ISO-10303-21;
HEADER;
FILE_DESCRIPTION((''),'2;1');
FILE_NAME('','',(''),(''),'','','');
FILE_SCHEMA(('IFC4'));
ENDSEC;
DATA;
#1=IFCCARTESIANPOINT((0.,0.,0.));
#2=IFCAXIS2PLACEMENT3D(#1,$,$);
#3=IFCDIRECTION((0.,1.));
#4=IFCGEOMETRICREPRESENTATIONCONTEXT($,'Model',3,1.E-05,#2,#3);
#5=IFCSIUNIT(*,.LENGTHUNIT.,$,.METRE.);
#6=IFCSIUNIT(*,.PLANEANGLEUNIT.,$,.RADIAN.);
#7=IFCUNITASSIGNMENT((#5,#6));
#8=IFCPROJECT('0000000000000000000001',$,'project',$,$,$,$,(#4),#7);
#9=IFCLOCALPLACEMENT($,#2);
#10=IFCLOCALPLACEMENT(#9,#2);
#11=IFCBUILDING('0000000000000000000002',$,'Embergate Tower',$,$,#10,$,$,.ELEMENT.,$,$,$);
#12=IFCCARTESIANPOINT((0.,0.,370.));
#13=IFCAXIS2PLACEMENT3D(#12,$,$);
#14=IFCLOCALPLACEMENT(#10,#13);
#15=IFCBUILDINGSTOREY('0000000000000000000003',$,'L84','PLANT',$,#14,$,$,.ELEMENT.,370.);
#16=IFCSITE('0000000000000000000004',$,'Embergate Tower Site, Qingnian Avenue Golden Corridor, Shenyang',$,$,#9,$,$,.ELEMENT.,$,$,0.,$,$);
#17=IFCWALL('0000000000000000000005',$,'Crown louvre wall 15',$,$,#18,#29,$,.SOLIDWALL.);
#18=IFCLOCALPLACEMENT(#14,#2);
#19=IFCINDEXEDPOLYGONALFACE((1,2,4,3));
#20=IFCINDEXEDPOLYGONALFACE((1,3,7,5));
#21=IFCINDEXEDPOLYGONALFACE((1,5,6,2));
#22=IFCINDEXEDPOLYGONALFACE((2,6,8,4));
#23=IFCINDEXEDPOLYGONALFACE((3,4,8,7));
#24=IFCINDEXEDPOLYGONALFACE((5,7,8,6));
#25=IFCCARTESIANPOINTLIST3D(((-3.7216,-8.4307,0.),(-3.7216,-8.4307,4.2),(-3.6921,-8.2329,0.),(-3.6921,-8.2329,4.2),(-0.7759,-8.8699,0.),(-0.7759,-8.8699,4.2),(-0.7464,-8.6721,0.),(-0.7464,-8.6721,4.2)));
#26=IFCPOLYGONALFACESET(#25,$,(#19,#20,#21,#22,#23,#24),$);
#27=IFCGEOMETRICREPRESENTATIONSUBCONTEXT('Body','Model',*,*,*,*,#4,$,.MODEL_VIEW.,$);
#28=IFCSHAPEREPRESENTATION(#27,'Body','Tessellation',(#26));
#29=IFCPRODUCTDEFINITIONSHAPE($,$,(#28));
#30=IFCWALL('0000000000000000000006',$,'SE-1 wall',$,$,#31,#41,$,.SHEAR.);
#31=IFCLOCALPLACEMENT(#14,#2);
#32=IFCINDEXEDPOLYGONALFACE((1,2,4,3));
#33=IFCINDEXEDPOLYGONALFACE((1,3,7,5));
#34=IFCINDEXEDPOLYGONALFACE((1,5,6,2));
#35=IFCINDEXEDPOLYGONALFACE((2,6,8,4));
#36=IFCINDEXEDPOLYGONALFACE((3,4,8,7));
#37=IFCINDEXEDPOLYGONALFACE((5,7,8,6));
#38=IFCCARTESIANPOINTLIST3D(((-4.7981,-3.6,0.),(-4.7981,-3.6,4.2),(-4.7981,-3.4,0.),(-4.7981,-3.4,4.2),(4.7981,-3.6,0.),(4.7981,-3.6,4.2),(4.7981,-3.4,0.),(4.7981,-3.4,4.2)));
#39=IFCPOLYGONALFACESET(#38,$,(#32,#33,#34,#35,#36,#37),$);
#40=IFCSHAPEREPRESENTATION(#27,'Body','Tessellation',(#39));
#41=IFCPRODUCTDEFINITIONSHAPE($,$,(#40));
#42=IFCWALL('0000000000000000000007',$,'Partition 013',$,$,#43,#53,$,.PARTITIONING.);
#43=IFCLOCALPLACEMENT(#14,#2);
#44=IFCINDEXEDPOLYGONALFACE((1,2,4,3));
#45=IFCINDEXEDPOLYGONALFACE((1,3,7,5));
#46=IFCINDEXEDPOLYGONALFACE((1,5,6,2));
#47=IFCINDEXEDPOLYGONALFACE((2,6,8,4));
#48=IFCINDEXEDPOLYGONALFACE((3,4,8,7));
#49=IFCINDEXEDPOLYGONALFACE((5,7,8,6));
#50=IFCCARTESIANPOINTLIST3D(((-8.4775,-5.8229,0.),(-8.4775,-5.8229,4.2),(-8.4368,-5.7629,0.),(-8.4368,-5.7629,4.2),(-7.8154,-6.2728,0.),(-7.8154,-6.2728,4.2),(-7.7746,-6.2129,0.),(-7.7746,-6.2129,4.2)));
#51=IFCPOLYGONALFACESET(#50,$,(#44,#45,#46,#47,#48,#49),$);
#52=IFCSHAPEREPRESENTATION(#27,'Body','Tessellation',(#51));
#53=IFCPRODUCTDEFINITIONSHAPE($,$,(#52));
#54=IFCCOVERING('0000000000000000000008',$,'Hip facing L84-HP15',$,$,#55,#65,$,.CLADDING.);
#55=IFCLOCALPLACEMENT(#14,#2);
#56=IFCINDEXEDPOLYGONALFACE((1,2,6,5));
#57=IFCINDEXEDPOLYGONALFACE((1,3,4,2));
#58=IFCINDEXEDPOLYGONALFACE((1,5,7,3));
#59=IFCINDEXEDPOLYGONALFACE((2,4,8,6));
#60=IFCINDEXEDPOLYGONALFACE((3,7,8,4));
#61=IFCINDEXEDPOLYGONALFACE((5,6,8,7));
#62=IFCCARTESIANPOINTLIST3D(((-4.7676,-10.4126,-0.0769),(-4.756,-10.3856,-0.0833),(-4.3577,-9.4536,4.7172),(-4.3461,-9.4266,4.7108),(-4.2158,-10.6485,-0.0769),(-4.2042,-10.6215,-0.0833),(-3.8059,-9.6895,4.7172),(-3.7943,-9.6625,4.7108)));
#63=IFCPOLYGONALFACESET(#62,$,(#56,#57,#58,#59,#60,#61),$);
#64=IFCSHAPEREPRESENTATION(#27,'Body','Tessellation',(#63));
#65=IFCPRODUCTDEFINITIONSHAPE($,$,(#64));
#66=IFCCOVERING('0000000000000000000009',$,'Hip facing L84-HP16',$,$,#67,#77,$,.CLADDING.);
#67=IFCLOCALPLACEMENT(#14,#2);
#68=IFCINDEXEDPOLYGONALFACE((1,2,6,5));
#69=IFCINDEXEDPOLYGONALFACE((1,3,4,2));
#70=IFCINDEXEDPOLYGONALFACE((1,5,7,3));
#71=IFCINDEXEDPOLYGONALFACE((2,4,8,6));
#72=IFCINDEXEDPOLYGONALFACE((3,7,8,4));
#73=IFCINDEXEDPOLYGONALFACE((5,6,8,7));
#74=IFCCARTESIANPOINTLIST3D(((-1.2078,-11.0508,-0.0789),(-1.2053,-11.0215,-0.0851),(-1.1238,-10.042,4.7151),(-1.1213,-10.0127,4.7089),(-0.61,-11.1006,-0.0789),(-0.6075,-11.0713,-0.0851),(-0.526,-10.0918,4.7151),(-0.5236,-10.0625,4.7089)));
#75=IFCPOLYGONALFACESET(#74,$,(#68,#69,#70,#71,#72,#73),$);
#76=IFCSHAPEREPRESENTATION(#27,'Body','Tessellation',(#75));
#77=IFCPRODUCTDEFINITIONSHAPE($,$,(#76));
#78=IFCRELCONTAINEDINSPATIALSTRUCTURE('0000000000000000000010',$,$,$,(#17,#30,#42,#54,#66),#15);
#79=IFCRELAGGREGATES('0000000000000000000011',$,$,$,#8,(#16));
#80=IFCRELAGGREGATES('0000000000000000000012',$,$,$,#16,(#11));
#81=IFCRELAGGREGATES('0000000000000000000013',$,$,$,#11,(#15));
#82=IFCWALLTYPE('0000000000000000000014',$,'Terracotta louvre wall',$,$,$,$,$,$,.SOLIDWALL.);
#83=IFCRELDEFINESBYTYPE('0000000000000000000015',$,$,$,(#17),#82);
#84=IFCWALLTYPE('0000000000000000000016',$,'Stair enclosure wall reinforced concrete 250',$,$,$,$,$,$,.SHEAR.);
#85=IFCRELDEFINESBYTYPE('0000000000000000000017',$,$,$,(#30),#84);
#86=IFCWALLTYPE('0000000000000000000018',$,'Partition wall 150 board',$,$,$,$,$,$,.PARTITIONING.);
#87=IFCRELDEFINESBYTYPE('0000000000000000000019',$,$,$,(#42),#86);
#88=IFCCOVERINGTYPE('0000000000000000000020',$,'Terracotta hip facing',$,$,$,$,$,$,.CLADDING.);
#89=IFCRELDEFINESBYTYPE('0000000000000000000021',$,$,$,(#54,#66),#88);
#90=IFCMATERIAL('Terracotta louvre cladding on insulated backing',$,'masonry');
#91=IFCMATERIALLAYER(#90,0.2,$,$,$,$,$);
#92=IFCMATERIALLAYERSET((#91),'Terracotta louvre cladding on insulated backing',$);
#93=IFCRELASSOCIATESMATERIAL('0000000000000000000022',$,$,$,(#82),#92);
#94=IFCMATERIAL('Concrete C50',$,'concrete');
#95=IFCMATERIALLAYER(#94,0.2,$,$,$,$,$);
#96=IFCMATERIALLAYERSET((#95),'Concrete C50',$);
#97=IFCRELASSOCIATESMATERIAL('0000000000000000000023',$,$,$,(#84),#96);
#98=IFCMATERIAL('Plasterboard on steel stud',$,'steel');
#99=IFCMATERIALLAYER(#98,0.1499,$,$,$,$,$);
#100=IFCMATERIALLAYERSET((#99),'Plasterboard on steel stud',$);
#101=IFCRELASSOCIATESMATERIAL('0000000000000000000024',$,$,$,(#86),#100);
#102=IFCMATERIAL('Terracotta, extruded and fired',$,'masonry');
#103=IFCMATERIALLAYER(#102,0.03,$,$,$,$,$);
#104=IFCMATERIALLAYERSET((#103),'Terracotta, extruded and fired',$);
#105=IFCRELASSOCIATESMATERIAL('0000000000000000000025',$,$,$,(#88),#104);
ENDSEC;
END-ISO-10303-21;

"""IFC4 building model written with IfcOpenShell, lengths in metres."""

from ifc_helpers import new_model, si_unit, direction, frame, frame_2d, origin, place, context, subcontext, project, spatial, polyline, rectangle, outline, extrude, source, transform, mapped, material, layer, layer_set, type_object, element, save


model = new_model("IFC4")

# Units and contexts
model_context = context("Model", 3, precision=1e-05, world=origin(), true_north=direction((0.0, 1.0)))
body_context = subcontext(model_context, "Body", "Model", "MODEL_VIEW")
ifc_project = project(units=[si_unit("LENGTHUNIT", "METRE"), si_unit("PLANEANGLEUNIT", "RADIAN")], contexts=[model_context])

# Site, building, storey
site_placement = place(None, origin())
site = spatial("IfcSite", under=ifc_project, at=site_placement, Name="Embergate Tower Site, Qingnian Avenue Golden Corridor, Shenyang", CompositionType="ELEMENT", RefElevation=0.0)
building_placement = place(site_placement, origin())
building = spatial("IfcBuilding", under=site, at=building_placement, Name="Embergate Tower", CompositionType="ELEMENT")
storey_placement = place(building_placement, frame((0.0, 0.0, 370.0)))
storey = spatial("IfcBuildingStorey", under=building, at=storey_placement, Name="L84", Description="PLANT", CompositionType="ELEMENT", Elevation=370.0)

# Walls
ifc_material_1 = material(Name="Concrete C50", Category="concrete")
ifc_material_2 = material(Name="Terracotta louvre cladding on insulated backing", Category="masonry")
ifc_layer_1 = layer(ifc_material_2, 0.2)
ifc_layer_set_1 = layer_set([ifc_layer_1], Name="Terracotta louvre cladding on insulated backing")
wall_type_1 = type_object("IfcWallType", Name="Terracotta louvre wall", PredefinedType="SOLIDWALL", material=ifc_layer_set_1)
shared_shape_1 = source(origin(), body_context, "Body", "SweptSolid", [
    extrude(rectangle(XDim=2.9783, YDim=0.2, at=frame_2d((1.4893, 0.0))), origin(), (0.0, 0.0, 1.0), 4.2),
])
wall_1_placement = place(storey_placement, frame((-0.761, -8.771, 0.0), z_axis=(0.0, 0.0, 1.0), x_axis=(-0.989067, 0.147467, 0.0)))
element("IfcWall", 1, at=wall_1_placement, inside=storey, type_object=wall_type_1, Name="Crown louvre wall 15", PredefinedType="SOLIDWALL", context=body_context, shape_type="MappedRepresentation", body=[
    mapped(shared_shape_1, transform((0.0, 0.0, 0.0))),
])
ifc_layer_2 = layer(ifc_material_1, 0.2)
ifc_layer_set_2 = layer_set([ifc_layer_2], Name="Concrete C50")
wall_type_2 = type_object("IfcWallType", Name="Stair enclosure wall reinforced concrete 250", PredefinedType="SHEAR", material=ifc_layer_set_2)
shared_shape_2 = source(origin(), body_context, "Body", "SweptSolid", [
    extrude(rectangle(XDim=9.5962, YDim=0.2, at=frame_2d((4.7981, 0.0))), origin(), (0.0, 0.0, 1.0), 4.2),
])
wall_2_placement = place(storey_placement, frame((-4.7981, -3.5, 0.0), z_axis=(0.0, 0.0, 1.0), x_axis=(1.0, 0.0, 0.0)))
element("IfcWall", 2, at=wall_2_placement, inside=storey, type_object=wall_type_2, Name="SE-1 wall", PredefinedType="SHEAR", context=body_context, shape_type="MappedRepresentation", body=[
    mapped(shared_shape_2, transform((0.0, 0.0, 0.0))),
])
ifc_material_3 = material(Name="Plasterboard on steel stud", Category="steel")
ifc_layer_3 = layer(ifc_material_3, 0.1499)
ifc_layer_set_3 = layer_set([ifc_layer_3], Name="Plasterboard on steel stud")
wall_type_3 = type_object("IfcWallType", Name="Partition wall 150 board", PredefinedType="PARTITIONING", material=ifc_layer_set_3)
shared_shape_3 = source(origin(), body_context, "Body", "SweptSolid", [
    extrude(rectangle(XDim=0.8005, YDim=0.0725, at=frame_2d((0.4004, 0.0))), origin(), (0.0, 0.0, 1.0), 4.2),
])
wall_3_placement = place(storey_placement, frame((-7.7949, -6.2429, 0.0), z_axis=(0.0, 0.0, 1.0), x_axis=(-0.827091, 0.562068, 0.0)))
element("IfcWall", 3, at=wall_3_placement, inside=storey, type_object=wall_type_3, Name="Partition 013", PredefinedType="PARTITIONING", context=body_context, shape_type="MappedRepresentation", body=[
    mapped(shared_shape_3, transform((0.0, 0.0, 0.0))),
])

# Coverings
ifc_material_4 = material(Name="Terracotta, extruded and fired", Category="masonry")
ifc_layer_4 = layer(ifc_material_4, 0.03)
ifc_layer_set_4 = layer_set([ifc_layer_4], Name="Terracotta, extruded and fired")
covering_type = type_object("IfcCoveringType", Name="Terracotta hip facing", PredefinedType="CLADDING", material=ifc_layer_set_4)
shared_shape_4 = source(origin(), body_context, "Body", "SweptSolid", [
    extrude(outline(polyline([(0.0, 0.0), (4.9062, 0.0), (4.9062, -0.6001), (0.0, -0.6001), (0.0, 0.0)])), origin(), (0.0, 0.0, -1.0), 0.03),
])
covering_1_placement = place(storey_placement, frame((-4.7676, -10.4126, -0.0769), z_axis=(-0.384053, -0.898509, 0.212567), x_axis=(0.083548, 0.195459, 0.977147)))
element("IfcCovering", 4, at=covering_1_placement, inside=storey, type_object=covering_type, Name="Hip facing L84-HP15", PredefinedType="CLADDING", context=body_context, shape_type="MappedRepresentation", body=[
    mapped(shared_shape_4, transform((0.0, 0.0, 0.0))),
])
shared_shape_5 = source(origin(), body_context, "Body", "SweptSolid", [
    extrude(outline(polyline([(0.0, 0.0), (4.8997, 0.0), (4.8997, -0.5999), (0.0, -0.5999), (0.0, 0.0)])), origin(), (0.0, 0.0, -1.0), 0.03),
])
covering_2_placement = place(storey_placement, frame((-1.2078, -11.0508, -0.0789), z_axis=(-0.081221, -0.975048, 0.206602), x_axis=(0.017141, 0.20589, 0.978425)))
element("IfcCovering", 5, at=covering_2_placement, inside=storey, type_object=covering_type, Name="Hip facing L84-HP16", PredefinedType="CLADDING", context=body_context, shape_type="MappedRepresentation", body=[
    mapped(shared_shape_5, transform((0.0, 0.0, 0.0))),
])

save(model, "model.ifc")
